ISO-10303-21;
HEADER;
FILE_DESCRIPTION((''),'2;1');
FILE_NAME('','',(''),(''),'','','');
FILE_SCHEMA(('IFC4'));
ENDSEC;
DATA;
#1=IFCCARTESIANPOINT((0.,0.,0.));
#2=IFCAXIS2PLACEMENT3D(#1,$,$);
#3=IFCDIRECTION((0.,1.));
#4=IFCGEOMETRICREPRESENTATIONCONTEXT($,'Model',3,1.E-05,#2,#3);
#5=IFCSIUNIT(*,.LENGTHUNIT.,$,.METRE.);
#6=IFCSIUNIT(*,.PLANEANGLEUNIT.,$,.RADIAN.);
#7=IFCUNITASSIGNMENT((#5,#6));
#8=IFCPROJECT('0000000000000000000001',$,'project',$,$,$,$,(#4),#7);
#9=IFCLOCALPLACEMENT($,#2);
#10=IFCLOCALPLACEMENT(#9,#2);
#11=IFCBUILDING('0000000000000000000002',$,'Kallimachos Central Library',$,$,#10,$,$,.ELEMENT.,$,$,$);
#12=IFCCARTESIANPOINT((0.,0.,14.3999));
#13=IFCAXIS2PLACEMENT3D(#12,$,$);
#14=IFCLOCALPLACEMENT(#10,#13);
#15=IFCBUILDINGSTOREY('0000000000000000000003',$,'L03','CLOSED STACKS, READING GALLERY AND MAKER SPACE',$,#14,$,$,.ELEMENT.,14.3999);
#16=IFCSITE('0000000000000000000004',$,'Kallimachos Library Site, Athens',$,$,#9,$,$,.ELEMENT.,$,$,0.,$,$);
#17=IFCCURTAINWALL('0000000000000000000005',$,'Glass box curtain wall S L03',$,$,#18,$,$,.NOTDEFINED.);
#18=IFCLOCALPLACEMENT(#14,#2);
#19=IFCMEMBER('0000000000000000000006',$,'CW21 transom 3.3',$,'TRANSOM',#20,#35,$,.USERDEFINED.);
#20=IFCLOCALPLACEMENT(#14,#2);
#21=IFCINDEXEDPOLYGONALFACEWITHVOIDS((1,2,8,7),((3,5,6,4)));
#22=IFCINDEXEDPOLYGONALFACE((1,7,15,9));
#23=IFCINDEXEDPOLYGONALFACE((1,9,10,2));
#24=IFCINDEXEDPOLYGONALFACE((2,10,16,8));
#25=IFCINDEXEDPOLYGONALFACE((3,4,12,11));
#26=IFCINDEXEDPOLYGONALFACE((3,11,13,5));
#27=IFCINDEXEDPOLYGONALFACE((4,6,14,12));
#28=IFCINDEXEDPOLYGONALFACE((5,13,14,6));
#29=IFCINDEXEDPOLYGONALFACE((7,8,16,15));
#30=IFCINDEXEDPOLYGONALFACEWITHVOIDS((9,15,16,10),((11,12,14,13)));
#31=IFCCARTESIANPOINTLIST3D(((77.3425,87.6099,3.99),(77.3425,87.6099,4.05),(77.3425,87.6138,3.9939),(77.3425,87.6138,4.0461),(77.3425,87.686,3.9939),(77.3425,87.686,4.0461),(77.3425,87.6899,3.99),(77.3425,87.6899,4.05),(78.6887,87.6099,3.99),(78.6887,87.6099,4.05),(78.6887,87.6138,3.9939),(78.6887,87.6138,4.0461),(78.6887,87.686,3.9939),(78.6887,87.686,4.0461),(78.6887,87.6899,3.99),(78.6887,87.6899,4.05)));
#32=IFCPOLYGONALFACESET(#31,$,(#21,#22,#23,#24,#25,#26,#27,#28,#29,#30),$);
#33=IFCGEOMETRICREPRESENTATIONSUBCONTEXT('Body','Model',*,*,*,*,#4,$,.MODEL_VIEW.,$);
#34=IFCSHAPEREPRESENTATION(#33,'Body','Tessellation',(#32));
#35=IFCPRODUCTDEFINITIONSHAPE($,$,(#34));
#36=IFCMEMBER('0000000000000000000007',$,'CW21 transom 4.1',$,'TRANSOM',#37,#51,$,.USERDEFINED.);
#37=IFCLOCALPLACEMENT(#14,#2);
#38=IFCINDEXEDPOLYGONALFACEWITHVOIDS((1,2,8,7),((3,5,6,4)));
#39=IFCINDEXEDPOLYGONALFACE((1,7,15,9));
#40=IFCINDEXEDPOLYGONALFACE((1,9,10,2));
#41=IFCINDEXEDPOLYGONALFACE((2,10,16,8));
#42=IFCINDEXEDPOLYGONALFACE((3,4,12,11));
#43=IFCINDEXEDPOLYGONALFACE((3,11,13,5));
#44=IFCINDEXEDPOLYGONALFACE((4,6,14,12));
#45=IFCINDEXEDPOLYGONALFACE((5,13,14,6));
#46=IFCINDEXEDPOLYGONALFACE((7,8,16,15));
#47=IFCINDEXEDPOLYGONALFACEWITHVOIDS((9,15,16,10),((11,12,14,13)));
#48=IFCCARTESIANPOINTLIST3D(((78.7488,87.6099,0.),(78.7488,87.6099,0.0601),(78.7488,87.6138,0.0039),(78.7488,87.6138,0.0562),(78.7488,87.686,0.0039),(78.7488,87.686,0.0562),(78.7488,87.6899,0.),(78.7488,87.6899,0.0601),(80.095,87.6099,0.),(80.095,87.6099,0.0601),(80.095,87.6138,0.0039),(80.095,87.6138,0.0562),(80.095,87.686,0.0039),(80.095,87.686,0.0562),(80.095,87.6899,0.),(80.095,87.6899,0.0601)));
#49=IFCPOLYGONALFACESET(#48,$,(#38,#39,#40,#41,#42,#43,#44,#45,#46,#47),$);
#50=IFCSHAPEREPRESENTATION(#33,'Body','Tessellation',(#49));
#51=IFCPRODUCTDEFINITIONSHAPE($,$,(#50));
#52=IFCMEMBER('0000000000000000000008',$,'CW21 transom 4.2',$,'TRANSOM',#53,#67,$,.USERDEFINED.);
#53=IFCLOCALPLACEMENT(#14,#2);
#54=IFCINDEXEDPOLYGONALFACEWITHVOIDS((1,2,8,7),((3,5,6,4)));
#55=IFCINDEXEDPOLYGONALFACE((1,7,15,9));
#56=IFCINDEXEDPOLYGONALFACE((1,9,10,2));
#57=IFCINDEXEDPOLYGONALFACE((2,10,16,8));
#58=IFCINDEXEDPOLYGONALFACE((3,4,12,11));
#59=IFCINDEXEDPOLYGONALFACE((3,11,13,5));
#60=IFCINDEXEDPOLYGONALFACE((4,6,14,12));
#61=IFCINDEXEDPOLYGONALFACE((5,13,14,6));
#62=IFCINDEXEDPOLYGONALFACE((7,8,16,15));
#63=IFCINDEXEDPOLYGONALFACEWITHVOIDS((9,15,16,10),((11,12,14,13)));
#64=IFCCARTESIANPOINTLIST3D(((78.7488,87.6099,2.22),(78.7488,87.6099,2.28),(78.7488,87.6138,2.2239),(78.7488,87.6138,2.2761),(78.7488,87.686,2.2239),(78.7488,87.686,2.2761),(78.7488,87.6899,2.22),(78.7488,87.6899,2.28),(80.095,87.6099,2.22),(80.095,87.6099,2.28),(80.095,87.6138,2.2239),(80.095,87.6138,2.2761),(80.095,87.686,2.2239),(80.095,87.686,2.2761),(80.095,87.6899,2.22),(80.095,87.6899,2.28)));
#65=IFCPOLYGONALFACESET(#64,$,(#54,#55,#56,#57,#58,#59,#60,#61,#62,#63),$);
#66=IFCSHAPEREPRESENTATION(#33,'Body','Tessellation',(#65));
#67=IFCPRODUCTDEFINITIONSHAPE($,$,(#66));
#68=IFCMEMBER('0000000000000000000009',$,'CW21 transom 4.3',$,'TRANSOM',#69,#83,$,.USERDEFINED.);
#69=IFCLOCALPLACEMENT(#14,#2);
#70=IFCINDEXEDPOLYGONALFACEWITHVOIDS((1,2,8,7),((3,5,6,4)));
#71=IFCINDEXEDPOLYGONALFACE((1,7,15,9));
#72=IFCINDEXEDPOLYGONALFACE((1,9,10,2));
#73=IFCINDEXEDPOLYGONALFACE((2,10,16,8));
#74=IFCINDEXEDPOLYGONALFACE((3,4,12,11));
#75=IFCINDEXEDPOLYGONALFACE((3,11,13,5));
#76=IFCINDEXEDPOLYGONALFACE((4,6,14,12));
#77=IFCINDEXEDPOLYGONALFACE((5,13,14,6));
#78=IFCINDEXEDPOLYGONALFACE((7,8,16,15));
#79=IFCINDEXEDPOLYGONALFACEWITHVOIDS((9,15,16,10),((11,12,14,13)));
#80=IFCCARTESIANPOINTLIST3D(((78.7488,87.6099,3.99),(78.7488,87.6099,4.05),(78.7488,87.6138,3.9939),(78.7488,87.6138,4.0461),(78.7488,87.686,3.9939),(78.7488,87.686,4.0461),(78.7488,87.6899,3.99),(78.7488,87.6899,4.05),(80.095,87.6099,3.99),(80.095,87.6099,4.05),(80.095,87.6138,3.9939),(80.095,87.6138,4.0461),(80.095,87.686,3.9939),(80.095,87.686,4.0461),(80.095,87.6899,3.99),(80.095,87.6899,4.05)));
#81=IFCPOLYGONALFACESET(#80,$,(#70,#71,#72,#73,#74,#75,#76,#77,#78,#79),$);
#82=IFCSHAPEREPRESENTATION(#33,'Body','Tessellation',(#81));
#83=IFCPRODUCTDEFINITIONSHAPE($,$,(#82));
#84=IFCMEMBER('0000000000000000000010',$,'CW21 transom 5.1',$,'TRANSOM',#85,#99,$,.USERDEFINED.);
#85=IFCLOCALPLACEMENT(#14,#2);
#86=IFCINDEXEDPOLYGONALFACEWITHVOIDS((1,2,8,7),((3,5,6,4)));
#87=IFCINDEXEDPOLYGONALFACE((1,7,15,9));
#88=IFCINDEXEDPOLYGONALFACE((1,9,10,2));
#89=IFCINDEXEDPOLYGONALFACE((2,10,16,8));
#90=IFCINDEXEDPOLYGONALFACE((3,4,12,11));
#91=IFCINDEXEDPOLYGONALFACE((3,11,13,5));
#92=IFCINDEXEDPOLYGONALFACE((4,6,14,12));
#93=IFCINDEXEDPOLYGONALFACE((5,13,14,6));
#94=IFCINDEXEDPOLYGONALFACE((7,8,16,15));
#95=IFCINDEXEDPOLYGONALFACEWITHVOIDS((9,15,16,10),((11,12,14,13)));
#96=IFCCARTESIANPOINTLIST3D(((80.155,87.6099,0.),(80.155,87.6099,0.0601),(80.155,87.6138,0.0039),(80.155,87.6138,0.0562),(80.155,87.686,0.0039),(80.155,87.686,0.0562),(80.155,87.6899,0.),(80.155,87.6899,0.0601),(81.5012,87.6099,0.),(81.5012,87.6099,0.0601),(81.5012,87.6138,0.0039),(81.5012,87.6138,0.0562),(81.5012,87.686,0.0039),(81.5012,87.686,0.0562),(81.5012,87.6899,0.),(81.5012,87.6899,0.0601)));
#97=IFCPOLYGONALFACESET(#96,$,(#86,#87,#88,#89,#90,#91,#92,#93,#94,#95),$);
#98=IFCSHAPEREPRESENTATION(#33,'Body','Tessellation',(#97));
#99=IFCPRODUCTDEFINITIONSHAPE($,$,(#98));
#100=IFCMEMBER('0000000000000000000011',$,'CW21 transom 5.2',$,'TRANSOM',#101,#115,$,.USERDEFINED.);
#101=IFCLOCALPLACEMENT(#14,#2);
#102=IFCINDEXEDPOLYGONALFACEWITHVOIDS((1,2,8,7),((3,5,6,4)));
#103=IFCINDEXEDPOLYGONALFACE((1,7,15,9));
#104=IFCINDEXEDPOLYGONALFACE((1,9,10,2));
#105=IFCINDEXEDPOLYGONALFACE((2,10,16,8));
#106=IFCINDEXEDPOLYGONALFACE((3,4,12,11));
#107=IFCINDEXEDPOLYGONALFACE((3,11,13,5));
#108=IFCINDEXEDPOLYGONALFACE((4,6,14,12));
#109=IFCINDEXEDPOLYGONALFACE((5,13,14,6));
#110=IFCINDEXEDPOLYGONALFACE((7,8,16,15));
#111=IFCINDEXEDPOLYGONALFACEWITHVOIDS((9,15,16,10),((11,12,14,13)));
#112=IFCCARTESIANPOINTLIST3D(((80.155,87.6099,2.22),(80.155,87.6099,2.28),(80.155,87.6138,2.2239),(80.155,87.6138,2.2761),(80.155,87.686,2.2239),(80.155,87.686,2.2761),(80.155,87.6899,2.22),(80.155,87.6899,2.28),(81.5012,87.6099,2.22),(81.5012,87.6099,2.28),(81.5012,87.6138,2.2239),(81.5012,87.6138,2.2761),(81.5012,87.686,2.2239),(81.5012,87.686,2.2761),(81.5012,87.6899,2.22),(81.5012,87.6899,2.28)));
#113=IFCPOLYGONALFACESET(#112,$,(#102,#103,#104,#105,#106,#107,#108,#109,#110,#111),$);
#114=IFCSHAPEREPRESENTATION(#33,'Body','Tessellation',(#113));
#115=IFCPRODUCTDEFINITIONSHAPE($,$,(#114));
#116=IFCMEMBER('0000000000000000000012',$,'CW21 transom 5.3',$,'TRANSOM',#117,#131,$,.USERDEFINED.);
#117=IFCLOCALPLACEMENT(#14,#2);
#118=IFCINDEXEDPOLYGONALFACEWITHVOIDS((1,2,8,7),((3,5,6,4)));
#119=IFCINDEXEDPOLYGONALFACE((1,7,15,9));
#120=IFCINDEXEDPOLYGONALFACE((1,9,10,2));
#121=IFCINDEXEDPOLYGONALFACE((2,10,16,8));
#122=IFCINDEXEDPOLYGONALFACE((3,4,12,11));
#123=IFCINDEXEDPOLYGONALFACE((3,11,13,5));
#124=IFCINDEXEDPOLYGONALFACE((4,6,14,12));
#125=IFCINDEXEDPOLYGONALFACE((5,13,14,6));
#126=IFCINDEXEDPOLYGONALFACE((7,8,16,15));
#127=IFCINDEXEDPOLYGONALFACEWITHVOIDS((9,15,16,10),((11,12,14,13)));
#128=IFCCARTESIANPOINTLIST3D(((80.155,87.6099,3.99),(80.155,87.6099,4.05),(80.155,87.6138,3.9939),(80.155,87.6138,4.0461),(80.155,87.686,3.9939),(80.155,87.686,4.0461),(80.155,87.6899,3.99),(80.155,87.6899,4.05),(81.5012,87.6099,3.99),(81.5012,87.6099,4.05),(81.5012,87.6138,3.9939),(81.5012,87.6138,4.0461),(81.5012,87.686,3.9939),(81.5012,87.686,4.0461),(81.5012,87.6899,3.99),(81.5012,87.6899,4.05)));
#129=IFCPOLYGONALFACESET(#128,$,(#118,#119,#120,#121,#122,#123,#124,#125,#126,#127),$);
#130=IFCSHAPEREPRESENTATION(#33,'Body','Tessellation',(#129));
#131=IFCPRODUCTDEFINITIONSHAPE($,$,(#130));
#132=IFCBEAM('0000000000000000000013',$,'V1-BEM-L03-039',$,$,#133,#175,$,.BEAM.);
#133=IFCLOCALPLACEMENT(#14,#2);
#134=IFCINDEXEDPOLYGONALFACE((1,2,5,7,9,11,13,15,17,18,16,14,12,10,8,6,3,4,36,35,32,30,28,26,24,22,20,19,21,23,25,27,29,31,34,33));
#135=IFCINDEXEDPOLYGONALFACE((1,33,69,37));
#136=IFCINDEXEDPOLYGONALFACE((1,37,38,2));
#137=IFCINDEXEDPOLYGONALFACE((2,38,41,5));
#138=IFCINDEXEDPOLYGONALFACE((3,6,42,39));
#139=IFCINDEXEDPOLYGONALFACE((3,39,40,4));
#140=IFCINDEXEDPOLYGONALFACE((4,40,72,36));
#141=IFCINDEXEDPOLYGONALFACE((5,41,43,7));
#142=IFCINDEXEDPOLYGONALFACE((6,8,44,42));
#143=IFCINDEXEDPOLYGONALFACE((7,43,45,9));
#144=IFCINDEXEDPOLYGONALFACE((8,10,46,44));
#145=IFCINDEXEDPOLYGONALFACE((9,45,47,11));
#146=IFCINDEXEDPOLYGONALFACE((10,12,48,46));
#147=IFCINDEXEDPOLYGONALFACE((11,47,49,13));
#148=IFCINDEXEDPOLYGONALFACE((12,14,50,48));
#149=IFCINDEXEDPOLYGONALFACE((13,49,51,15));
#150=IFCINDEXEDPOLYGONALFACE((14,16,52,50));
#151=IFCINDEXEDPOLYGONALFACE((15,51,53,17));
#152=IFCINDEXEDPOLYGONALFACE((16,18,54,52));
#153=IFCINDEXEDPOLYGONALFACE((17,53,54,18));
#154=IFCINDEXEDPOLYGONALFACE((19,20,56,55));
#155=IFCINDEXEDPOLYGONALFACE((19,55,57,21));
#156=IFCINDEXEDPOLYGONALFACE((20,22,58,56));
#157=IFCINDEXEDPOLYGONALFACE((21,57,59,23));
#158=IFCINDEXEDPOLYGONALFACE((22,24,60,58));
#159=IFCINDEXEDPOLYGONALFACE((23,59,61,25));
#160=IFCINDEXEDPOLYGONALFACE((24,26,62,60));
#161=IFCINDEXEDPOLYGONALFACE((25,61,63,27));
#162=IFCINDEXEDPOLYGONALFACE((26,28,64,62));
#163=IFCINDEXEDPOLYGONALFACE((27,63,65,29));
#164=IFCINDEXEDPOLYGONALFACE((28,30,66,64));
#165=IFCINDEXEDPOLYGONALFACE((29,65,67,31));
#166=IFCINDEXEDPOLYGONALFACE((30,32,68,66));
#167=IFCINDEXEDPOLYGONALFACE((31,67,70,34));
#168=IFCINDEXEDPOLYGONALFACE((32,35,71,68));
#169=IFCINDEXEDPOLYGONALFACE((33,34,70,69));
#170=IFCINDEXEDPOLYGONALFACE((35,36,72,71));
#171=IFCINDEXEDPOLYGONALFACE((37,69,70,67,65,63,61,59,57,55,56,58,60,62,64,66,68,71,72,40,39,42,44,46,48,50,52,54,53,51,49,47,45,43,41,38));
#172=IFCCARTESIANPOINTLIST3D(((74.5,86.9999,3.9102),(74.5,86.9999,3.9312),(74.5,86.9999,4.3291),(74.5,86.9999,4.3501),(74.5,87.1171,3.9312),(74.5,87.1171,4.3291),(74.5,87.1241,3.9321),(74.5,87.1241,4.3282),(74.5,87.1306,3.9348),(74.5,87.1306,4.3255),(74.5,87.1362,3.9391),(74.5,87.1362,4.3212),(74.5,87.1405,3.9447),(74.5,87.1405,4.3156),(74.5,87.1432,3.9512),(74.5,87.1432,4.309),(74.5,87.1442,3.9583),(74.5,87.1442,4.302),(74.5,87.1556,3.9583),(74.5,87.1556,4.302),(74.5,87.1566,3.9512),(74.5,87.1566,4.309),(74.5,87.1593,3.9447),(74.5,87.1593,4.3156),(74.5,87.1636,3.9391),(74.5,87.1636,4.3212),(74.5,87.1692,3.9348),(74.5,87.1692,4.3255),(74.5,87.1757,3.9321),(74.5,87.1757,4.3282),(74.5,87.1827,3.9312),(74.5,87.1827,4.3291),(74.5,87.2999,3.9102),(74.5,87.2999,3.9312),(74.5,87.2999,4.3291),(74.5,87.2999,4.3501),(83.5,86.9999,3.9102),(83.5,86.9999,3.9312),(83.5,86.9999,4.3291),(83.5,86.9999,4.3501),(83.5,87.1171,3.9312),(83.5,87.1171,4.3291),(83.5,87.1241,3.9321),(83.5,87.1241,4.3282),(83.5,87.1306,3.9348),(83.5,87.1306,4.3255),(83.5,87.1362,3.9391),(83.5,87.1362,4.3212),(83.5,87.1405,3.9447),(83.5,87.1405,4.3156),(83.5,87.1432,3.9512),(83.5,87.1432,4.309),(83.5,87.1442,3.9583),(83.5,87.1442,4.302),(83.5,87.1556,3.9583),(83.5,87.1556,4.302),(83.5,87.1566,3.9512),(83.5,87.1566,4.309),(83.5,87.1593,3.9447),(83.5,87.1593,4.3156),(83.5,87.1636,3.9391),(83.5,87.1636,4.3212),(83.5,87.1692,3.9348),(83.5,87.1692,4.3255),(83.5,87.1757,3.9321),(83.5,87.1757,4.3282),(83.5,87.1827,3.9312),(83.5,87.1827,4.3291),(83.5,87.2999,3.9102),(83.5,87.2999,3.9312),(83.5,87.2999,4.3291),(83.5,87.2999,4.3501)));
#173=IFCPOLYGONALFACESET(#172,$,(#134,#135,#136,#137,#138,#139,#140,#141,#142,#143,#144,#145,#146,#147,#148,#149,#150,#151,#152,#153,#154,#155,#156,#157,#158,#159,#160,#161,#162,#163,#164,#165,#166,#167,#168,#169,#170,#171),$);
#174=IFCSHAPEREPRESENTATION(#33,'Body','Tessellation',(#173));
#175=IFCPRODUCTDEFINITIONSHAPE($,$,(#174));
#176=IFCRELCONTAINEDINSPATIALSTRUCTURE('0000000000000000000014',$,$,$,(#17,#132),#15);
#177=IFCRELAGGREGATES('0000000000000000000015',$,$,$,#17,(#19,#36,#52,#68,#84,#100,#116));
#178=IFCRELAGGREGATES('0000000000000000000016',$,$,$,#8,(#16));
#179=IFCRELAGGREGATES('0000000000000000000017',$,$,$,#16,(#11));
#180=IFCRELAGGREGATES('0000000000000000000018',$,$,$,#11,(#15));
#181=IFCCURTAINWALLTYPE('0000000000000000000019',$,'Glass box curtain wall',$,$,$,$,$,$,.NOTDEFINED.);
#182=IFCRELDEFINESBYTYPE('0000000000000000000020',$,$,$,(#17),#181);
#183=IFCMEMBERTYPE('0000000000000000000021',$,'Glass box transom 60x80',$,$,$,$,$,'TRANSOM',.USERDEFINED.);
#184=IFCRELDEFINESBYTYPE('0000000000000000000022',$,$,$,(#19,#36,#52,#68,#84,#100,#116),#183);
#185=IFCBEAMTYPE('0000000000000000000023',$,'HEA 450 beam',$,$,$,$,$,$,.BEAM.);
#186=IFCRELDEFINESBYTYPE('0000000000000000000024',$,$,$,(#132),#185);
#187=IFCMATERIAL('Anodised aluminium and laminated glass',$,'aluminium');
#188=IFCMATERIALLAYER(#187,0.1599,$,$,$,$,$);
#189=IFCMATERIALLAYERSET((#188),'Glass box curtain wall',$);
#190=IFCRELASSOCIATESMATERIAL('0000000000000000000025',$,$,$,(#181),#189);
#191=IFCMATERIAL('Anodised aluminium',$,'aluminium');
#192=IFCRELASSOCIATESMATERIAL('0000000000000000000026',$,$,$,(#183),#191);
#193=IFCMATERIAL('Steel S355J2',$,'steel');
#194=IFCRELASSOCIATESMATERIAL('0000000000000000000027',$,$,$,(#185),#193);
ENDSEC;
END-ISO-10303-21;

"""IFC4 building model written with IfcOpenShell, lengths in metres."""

from ifc_helpers import new_model, si_unit, direction, frame, origin, origin_2d, place, context, subcontext, project, spatial, hollow_rectangle, i_section, extrude, material, layer, layer_set, material_profile, profile_set, type_object, element, aggregate, save


model = new_model("IFC4")

# Units and contexts
model_context = context("Model", 3, precision=1e-05, world=origin(), true_north=direction((0.0, 1.0)))
body_context = subcontext(model_context, "Body", "Model", "MODEL_VIEW")
ifc_project = project(units=[si_unit("LENGTHUNIT", "METRE"), si_unit("PLANEANGLEUNIT", "RADIAN")], contexts=[model_context])

# Site, building, storey
site_placement = place(None, origin())
site = spatial("IfcSite", under=ifc_project, at=site_placement, Name="Kallimachos Library Site, Athens", CompositionType="ELEMENT", RefElevation=0.0)
building_placement = place(site_placement, origin())
building = spatial("IfcBuilding", under=site, at=building_placement, Name="Kallimachos Central Library", CompositionType="ELEMENT")
storey_placement = place(building_placement, frame((0.0, 0.0, 14.3999)))
storey = spatial("IfcBuildingStorey", under=building, at=storey_placement, Name="L03", Description="CLOSED STACKS, READING GALLERY AND MAKER SPACE", CompositionType="ELEMENT", Elevation=14.3999)

# Curtain wall, members
ifc_material_1 = material(Name="Anodised aluminium and laminated glass", Category="aluminium")
ifc_layer_1 = layer(ifc_material_1, 0.1599)
ifc_layer_set_1 = layer_set([ifc_layer_1], Name="Glass box curtain wall")
curtain_wall_type = type_object("IfcCurtainWallType", Name="Glass box curtain wall", PredefinedType="NOTDEFINED", material=ifc_layer_set_1)
curtain_wall_placement = place(storey_placement, origin())
curtain_wall = element("IfcCurtainWall", 1, at=curtain_wall_placement, inside=storey, type_object=curtain_wall_type, Name="Glass box curtain wall S L03", PredefinedType="NOTDEFINED")
ifc_material_2 = material(Name="Anodised aluminium", Category="aluminium")
ifc_material_profile_1 = material_profile(ifc_material_2, hollow_rectangle(XDim=0.0601, YDim=0.0801, WallThickness=0.0039, at=origin_2d()), Name="ALU TRANSOM 60x80")
ifc_profile_set_1 = profile_set([ifc_material_profile_1], Name="Anodised aluminium")
member_type_1 = type_object("IfcMemberType", Name="Glass box transom 60x80", ElementType="TRANSOM", PredefinedType="USERDEFINED", material=ifc_profile_set_1)
member_1_placement = place(storey_placement, frame((77.3425, 87.6499, 4.02), z_axis=(1.0, 0.0, 0.0), x_axis=(0.0, 0.0, 1.0)))
member_1 = element("IfcMember", 2, at=member_1_placement, type_object=member_type_1, Name="CW21 transom 3.3", ObjectType="TRANSOM", PredefinedType="USERDEFINED", context=body_context, shape_type="SweptSolid", body=[
    extrude(hollow_rectangle(XDim=0.0601, YDim=0.0801, WallThickness=0.0039, at=origin_2d()), origin(), (0.0, 0.0, 1.0), 1.3462),
])
member_2_placement = place(storey_placement, frame((78.7488, 87.6499, 0.03), z_axis=(1.0, 0.0, 0.0), x_axis=(0.0, 0.0, 1.0)))
member_2 = element("IfcMember", 3, at=member_2_placement, type_object=member_type_1, Name="CW21 transom 4.1", ObjectType="TRANSOM", PredefinedType="USERDEFINED", context=body_context, shape_type="SweptSolid", body=[
    extrude(hollow_rectangle(XDim=0.0601, YDim=0.0801, WallThickness=0.0039, at=origin_2d()), origin(), (0.0, 0.0, 1.0), 1.3462),
])
member_3_placement = place(storey_placement, frame((78.7488, 87.6499, 2.25), z_axis=(1.0, 0.0, 0.0), x_axis=(0.0, 0.0, 1.0)))
member_3 = element("IfcMember", 4, at=member_3_placement, type_object=member_type_1, Name="CW21 transom 4.2", ObjectType="TRANSOM", PredefinedType="USERDEFINED", context=body_context, shape_type="SweptSolid", body=[
    extrude(hollow_rectangle(XDim=0.0601, YDim=0.0801, WallThickness=0.0039, at=origin_2d()), origin(), (0.0, 0.0, 1.0), 1.3462),
])
member_4_placement = place(storey_placement, frame((78.7488, 87.6499, 4.02), z_axis=(1.0, 0.0, 0.0), x_axis=(0.0, 0.0, 1.0)))
member_4 = element("IfcMember", 5, at=member_4_placement, type_object=member_type_1, Name="CW21 transom 4.3", ObjectType="TRANSOM", PredefinedType="USERDEFINED", context=body_context, shape_type="SweptSolid", body=[
    extrude(hollow_rectangle(XDim=0.0601, YDim=0.0801, WallThickness=0.0039, at=origin_2d()), origin(), (0.0, 0.0, 1.0), 1.3462),
])
member_5_placement = place(storey_placement, frame((80.155, 87.6499, 0.03), z_axis=(1.0, 0.0, 0.0), x_axis=(0.0, 0.0, 1.0)))
member_5 = element("IfcMember", 6, at=member_5_placement, type_object=member_type_1, Name="CW21 transom 5.1", ObjectType="TRANSOM", PredefinedType="USERDEFINED", context=body_context, shape_type="SweptSolid", body=[
    extrude(hollow_rectangle(XDim=0.0601, YDim=0.0801, WallThickness=0.0039, at=origin_2d()), origin(), (0.0, 0.0, 1.0), 1.3462),
])
member_6_placement = place(storey_placement, frame((80.155, 87.6499, 2.25), z_axis=(1.0, 0.0, 0.0), x_axis=(0.0, 0.0, 1.0)))
member_6 = element("IfcMember", 7, at=member_6_placement, type_object=member_type_1, Name="CW21 transom 5.2", ObjectType="TRANSOM", PredefinedType="USERDEFINED", context=body_context, shape_type="SweptSolid", body=[
    extrude(hollow_rectangle(XDim=0.0601, YDim=0.0801, WallThickness=0.0039, at=origin_2d()), origin(), (0.0, 0.0, 1.0), 1.3462),
])
member_7_placement = place(storey_placement, frame((80.155, 87.6499, 4.02), z_axis=(1.0, 0.0, 0.0), x_axis=(0.0, 0.0, 1.0)))
member_7 = element("IfcMember", 8, at=member_7_placement, type_object=member_type_1, Name="CW21 transom 5.3", ObjectType="TRANSOM", PredefinedType="USERDEFINED", context=body_context, shape_type="SweptSolid", body=[
    extrude(hollow_rectangle(XDim=0.0601, YDim=0.0801, WallThickness=0.0039, at=origin_2d()), origin(), (0.0, 0.0, 1.0), 1.3462),
])

# Beam
ifc_material_3 = material(Name="Steel S355J2", Category="steel")
ifc_material_profile_2 = material_profile(ifc_material_3, i_section(OverallWidth=0.3, OverallDepth=0.4399, WebThickness=0.0115, FlangeThickness=0.021, FilletRadius=0.0271, at=origin_2d()), Name="HEA 450")
ifc_profile_set_2 = profile_set([ifc_material_profile_2], Name="Steel S355J2")
beam_type_1 = type_object("IfcBeamType", Name="HEA 450 beam", PredefinedType="BEAM", material=ifc_profile_set_2)
beam_1_placement = place(storey_placement, frame((74.5, 87.1499, 4.1301), z_axis=(1.0, 0.0, 0.0), x_axis=(0.0, 1.0, 0.0)))
element("IfcBeam", 9, at=beam_1_placement, inside=storey, type_object=beam_type_1, Name="V1-BEM-L03-039", PredefinedType="BEAM", context=body_context, shape_type="SweptSolid", body=[
    extrude(i_section(OverallWidth=0.3, OverallDepth=0.4399, WebThickness=0.0115, FlangeThickness=0.021, FilletRadius=0.0271, at=origin_2d()), origin(), (0.0, 0.0, 1.0), 9.0),
])

aggregate(curtain_wall, [member_1, member_2, member_3, member_4, member_5, member_6, member_7])

save(model, "model.ifc")
